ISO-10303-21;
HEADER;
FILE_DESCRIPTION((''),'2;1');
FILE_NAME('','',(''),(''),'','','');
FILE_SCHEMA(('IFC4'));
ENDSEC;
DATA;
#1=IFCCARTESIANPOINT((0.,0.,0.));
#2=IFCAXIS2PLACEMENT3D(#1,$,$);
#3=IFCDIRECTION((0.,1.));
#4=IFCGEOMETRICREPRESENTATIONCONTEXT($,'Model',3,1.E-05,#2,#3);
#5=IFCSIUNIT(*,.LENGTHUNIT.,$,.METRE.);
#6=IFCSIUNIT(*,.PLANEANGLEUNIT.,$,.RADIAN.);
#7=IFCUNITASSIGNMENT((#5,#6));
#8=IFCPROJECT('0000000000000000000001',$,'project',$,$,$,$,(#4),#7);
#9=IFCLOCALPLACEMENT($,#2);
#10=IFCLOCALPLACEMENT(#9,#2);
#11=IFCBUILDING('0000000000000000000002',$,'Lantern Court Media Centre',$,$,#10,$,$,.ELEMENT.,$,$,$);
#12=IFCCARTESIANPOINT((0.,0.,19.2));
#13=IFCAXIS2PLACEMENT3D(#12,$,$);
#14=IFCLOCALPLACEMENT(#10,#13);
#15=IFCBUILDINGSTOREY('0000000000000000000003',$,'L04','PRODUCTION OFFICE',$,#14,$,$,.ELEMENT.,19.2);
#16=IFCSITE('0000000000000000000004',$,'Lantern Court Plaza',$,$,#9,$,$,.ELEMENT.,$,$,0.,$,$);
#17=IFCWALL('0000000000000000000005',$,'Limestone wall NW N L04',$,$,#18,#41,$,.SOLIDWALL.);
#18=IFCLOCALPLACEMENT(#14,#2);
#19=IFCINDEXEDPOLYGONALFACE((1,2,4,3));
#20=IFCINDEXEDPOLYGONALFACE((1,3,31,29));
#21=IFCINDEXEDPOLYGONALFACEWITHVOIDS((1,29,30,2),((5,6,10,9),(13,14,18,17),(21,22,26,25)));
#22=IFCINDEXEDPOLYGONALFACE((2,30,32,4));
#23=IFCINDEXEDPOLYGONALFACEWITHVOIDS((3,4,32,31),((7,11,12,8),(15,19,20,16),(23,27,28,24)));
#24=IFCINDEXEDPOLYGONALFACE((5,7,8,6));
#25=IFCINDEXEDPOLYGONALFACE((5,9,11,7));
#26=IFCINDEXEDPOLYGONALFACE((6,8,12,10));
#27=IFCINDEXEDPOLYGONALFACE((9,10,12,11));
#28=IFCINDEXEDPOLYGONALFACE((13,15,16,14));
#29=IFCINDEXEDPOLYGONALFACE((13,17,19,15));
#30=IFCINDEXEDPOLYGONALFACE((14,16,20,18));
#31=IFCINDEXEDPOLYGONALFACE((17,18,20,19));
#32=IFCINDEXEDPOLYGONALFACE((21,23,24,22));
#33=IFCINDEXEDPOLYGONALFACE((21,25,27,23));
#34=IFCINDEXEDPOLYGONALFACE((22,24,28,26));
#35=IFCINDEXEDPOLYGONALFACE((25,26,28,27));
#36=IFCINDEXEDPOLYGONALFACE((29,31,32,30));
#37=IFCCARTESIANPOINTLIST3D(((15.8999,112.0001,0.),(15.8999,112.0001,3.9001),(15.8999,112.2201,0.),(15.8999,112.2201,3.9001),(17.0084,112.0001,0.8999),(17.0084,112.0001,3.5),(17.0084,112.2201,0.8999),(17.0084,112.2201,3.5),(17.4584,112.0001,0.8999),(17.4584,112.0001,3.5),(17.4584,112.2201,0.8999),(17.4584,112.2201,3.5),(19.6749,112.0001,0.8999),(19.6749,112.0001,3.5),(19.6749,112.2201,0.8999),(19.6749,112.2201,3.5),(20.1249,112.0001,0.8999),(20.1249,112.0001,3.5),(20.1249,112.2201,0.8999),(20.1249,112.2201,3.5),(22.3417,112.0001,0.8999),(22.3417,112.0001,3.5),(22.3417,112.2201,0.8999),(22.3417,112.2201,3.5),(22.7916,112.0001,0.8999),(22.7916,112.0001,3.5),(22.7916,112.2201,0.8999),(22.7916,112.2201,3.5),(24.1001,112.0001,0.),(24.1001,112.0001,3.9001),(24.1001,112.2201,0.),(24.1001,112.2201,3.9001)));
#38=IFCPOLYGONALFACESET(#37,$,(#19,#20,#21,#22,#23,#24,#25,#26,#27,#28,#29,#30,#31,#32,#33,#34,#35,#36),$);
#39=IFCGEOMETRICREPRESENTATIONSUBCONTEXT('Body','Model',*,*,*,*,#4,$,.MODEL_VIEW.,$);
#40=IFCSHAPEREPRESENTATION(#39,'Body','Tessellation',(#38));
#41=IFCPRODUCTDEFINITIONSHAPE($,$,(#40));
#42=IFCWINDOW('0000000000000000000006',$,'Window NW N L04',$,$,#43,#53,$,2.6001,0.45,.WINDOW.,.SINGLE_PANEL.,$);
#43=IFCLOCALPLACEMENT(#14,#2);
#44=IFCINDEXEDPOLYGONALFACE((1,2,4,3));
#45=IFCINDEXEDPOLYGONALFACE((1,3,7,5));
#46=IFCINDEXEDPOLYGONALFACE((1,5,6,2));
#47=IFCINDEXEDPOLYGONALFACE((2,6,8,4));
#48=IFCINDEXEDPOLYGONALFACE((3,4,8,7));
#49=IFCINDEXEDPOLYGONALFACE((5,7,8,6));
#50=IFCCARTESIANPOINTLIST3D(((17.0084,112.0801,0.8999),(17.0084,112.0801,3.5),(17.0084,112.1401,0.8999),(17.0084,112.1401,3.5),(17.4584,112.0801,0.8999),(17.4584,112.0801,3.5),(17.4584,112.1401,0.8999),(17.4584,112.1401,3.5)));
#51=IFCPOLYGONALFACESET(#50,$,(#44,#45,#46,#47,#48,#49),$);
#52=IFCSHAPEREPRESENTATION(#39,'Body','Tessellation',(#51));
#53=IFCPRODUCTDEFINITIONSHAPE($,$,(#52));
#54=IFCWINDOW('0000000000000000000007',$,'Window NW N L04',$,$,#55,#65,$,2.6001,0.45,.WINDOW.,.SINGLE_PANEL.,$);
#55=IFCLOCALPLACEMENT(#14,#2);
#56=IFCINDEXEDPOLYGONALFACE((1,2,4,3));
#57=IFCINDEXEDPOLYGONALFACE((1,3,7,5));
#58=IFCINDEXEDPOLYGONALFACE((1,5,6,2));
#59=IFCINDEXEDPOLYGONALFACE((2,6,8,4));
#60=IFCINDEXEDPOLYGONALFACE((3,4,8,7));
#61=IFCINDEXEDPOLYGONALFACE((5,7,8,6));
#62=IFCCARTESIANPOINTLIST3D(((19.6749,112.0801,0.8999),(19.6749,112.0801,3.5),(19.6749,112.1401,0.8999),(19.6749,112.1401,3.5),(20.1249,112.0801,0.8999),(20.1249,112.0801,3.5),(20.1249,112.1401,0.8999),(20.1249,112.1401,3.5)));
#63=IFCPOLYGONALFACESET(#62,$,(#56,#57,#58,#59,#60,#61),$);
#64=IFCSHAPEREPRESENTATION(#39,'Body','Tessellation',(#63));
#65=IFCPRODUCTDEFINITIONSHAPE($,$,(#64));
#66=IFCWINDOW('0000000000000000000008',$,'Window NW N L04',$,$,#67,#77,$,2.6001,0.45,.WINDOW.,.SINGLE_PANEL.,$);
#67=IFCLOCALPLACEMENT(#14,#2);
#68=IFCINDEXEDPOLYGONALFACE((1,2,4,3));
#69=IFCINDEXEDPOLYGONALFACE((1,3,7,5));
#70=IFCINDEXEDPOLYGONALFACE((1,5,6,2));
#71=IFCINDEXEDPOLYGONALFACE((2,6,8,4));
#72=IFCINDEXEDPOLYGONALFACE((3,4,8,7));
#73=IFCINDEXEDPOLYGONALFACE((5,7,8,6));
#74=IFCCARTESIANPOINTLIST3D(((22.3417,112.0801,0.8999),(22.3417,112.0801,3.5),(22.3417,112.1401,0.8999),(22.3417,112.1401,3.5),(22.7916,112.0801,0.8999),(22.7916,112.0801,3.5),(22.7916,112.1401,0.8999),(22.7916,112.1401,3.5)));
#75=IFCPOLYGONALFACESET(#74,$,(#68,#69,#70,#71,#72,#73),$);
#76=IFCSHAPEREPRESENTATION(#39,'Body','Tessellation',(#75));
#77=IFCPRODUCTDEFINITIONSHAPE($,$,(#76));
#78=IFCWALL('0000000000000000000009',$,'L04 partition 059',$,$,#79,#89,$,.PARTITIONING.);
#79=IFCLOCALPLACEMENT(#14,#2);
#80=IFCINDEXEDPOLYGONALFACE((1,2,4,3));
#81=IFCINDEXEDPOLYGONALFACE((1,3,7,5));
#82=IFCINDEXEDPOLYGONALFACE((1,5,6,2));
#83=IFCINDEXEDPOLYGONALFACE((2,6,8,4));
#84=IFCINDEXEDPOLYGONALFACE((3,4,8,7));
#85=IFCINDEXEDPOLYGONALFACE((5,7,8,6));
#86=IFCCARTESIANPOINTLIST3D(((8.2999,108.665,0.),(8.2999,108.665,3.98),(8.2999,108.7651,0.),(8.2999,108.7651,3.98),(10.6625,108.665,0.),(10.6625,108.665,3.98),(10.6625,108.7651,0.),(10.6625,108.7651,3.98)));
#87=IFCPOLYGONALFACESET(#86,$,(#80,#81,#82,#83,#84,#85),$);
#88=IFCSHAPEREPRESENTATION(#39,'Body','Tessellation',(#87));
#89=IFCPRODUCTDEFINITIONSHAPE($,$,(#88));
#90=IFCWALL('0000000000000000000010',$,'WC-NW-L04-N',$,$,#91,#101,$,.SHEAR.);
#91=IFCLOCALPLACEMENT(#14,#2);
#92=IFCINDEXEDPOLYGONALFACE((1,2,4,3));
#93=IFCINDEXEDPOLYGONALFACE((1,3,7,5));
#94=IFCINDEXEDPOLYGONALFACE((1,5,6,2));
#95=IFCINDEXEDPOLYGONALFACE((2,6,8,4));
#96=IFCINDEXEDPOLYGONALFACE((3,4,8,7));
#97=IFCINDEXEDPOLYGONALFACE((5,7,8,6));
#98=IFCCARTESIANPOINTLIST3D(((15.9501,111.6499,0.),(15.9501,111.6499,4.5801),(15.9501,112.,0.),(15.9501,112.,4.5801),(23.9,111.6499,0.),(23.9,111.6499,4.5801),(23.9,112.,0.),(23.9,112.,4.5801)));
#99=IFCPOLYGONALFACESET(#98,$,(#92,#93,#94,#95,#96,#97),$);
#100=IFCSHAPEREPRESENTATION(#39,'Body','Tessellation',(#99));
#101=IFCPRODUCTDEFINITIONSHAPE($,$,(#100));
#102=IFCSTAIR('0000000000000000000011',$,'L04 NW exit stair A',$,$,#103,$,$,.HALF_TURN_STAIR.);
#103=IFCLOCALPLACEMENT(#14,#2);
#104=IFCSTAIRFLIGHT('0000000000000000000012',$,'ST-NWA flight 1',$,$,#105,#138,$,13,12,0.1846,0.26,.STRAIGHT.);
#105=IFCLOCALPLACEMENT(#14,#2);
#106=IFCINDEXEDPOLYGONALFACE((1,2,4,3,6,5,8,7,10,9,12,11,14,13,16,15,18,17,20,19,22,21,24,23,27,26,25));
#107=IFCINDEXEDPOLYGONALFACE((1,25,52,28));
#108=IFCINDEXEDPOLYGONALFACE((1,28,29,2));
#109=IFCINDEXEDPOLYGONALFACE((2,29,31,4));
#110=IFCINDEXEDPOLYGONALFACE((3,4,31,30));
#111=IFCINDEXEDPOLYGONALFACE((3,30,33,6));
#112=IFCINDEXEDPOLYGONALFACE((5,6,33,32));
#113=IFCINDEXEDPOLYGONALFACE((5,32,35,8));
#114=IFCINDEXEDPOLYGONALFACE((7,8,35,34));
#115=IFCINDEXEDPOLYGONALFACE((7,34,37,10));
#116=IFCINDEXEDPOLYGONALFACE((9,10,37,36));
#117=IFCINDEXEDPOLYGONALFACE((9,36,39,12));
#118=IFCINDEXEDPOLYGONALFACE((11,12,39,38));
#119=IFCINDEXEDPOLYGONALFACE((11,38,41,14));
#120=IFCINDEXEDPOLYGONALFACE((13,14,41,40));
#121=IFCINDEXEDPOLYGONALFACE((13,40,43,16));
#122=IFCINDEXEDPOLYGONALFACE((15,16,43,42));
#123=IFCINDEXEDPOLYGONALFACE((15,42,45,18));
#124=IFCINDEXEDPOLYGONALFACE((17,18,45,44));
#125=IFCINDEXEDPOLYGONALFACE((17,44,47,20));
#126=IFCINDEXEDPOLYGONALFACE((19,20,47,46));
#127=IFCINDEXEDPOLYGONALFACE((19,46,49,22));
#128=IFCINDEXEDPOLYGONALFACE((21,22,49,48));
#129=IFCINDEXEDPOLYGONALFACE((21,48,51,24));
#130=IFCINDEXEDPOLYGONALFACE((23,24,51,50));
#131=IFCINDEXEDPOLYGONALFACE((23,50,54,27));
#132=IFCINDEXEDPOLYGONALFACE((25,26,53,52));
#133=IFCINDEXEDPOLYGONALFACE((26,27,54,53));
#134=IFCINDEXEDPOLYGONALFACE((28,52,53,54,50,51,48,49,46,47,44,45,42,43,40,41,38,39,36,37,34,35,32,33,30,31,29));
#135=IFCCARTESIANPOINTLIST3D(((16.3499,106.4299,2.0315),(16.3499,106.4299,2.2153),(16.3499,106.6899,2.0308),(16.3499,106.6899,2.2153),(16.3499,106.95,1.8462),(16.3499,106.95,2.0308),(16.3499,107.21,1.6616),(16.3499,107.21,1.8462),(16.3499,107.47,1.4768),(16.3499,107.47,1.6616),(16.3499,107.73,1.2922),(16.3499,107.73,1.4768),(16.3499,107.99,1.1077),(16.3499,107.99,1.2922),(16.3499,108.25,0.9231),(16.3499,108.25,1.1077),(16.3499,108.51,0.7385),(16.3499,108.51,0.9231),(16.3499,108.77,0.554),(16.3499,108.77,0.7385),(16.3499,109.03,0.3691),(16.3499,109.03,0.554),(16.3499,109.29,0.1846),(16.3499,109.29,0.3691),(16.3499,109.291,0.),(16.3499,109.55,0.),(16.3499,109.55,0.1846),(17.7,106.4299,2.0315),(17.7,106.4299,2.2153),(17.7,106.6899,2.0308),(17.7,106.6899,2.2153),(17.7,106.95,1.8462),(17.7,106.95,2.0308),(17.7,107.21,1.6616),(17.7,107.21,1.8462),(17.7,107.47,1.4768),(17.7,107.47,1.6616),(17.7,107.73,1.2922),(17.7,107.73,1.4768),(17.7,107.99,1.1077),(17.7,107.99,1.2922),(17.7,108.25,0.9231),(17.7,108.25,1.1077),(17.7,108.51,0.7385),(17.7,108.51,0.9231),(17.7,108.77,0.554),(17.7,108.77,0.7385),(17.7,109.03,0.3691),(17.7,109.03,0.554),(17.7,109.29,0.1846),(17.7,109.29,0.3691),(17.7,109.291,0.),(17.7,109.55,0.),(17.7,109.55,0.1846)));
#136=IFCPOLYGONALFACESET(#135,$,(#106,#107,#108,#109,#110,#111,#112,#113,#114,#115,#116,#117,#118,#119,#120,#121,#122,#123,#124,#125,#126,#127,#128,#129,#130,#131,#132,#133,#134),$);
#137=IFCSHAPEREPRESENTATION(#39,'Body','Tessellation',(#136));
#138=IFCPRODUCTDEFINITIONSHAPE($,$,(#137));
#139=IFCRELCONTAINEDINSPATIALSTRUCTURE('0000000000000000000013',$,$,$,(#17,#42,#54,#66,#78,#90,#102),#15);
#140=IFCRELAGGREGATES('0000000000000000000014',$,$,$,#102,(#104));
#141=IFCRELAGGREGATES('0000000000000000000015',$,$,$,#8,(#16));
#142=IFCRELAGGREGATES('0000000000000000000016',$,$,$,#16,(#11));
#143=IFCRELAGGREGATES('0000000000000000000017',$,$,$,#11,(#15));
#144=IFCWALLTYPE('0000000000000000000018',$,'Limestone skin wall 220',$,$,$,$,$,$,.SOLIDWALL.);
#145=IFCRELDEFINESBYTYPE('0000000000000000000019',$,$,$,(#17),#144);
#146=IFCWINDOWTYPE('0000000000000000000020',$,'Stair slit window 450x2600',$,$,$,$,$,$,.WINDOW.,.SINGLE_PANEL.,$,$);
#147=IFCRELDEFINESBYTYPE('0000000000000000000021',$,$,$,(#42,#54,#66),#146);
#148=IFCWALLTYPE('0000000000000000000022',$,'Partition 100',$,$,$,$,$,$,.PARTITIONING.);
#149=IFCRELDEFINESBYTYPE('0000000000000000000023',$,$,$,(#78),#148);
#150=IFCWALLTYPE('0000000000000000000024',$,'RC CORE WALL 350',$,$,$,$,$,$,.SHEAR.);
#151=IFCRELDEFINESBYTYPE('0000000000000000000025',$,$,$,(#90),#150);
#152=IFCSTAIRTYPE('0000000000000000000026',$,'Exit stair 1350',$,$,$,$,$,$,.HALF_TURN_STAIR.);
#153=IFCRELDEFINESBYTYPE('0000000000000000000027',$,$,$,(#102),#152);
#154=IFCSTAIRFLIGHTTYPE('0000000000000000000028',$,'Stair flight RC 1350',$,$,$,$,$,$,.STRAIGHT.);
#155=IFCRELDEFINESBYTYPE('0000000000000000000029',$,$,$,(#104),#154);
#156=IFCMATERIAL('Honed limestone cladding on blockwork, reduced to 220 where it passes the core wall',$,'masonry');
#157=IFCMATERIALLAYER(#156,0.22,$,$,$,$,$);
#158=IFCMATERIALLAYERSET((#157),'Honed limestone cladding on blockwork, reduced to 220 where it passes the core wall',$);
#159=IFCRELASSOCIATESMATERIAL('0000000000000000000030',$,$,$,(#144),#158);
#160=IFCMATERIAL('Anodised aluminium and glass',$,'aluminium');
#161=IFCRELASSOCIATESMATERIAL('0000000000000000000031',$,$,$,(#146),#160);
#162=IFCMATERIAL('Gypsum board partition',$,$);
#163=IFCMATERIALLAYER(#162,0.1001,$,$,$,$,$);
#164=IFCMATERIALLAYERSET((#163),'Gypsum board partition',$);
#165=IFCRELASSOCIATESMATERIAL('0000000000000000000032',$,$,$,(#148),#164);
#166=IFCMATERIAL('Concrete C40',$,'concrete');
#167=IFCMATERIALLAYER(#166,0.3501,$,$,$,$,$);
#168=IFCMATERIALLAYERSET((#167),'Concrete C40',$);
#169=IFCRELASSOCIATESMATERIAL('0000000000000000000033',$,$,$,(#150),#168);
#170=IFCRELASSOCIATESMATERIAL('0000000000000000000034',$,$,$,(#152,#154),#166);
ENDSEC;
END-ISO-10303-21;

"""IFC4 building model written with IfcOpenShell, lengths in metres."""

from ifc_helpers import new_model, si_unit, direction, frame, frame_2d, origin, place, context, subcontext, project, spatial, polyline, rectangle, outline, extrude, material, layer, layer_set, type_object, element, fill, aggregate, save


model = new_model("IFC4")

# Units and contexts
model_context = context("Model", 3, precision=1e-05, world=origin(), true_north=direction((0.0, 1.0)))
body_context = subcontext(model_context, "Body", "Model", "MODEL_VIEW")
ifc_project = project(units=[si_unit("LENGTHUNIT", "METRE"), si_unit("PLANEANGLEUNIT", "RADIAN")], contexts=[model_context])

# Site, building, storey
site_placement = place(None, origin())
site = spatial("IfcSite", under=ifc_project, at=site_placement, Name="Lantern Court Plaza", CompositionType="ELEMENT", RefElevation=0.0)
building_placement = place(site_placement, origin())
building = spatial("IfcBuilding", under=site, at=building_placement, Name="Lantern Court Media Centre", CompositionType="ELEMENT")
storey_placement = place(building_placement, frame((0.0, 0.0, 19.2)))
storey = spatial("IfcBuildingStorey", under=building, at=storey_placement, Name="L04", Description="PRODUCTION OFFICE", CompositionType="ELEMENT", Elevation=19.2)

# Wall, openings, windows
ifc_material_1 = material(Name="Anodised aluminium and glass", Category="aluminium")
ifc_material_2 = material(Name="Honed limestone cladding on blockwork, reduced to 220 where it passes the core wall", Category="masonry")
ifc_layer_1 = layer(ifc_material_2, 0.22)
ifc_layer_set_1 = layer_set([ifc_layer_1], Name="Honed limestone cladding on blockwork, reduced to 220 where it passes the core wall")
wall_type_1 = type_object("IfcWallType", Name="Limestone skin wall 220", PredefinedType="SOLIDWALL", material=ifc_layer_set_1)
wall_1_placement = place(storey_placement, frame((15.8999, 112.1101, 0.0), z_axis=(0.0, 0.0, 1.0), x_axis=(1.0, 0.0, 0.0)))
wall_1 = element("IfcWall", 1, at=wall_1_placement, inside=storey, type_object=wall_type_1, Name="Limestone wall NW N L04", PredefinedType="SOLIDWALL", context=body_context, shape_type="SweptSolid", body=[
    extrude(rectangle(XDim=8.2002, YDim=0.22, at=frame_2d((4.1001, 0.0))), origin(), (0.0, 0.0, 1.0), 3.9001),
])
opening_1_placement = place(wall_1_placement, frame((1.1084, 0.0, 0.8999)))
opening_1 = element("IfcOpeningElement", 2, at=opening_1_placement, cuts=wall_1, PredefinedType="OPENING", context=body_context, shape_type="SweptSolid", body=[
    extrude(rectangle(XDim=0.45, YDim=2.6001, at=frame_2d((0.2251, 1.3))), frame((0.0, 0.1199, 0.0), z_axis=(0.0, -1.0, 0.0), x_axis=(1.0, 0.0, 0.0)), (0.0, 0.0, 1.0), 0.24),
])
opening_2_placement = place(wall_1_placement, frame((3.7749, 0.0, 0.8999)))
opening_2 = element("IfcOpeningElement", 3, at=opening_2_placement, cuts=wall_1, PredefinedType="OPENING", context=body_context, shape_type="SweptSolid", body=[
    extrude(rectangle(XDim=0.45, YDim=2.6001, at=frame_2d((0.2251, 1.3))), frame((0.0, 0.1199, 0.0), z_axis=(0.0, -1.0, 0.0), x_axis=(1.0, 0.0, 0.0)), (0.0, 0.0, 1.0), 0.24),
])
opening_3_placement = place(wall_1_placement, frame((6.4417, 0.0, 0.8999)))
opening_3 = element("IfcOpeningElement", 4, at=opening_3_placement, cuts=wall_1, PredefinedType="OPENING", context=body_context, shape_type="SweptSolid", body=[
    extrude(rectangle(XDim=0.45, YDim=2.6001, at=frame_2d((0.2251, 1.3))), frame((0.0, 0.1199, 0.0), z_axis=(0.0, -1.0, 0.0), x_axis=(1.0, 0.0, 0.0)), (0.0, 0.0, 1.0), 0.24),
])
window_type_1 = type_object("IfcWindowType", Name="Stair slit window 450x2600", PartitioningType="SINGLE_PANEL", PredefinedType="WINDOW", material=ifc_material_1)
window_1_placement = place(opening_1_placement, origin())
window_1 = element("IfcWindow", 5, at=window_1_placement, inside=storey, type_object=window_type_1, Name="Window NW N L04", OverallHeight=2.6001, OverallWidth=0.45, PartitioningType="SINGLE_PANEL", PredefinedType="WINDOW", context=body_context, shape_type="SweptSolid", body=[
    extrude(rectangle(XDim=0.45, YDim=2.6001, at=frame_2d((0.2251, 1.3))), frame((0.0, 0.03, 0.0), z_axis=(0.0, -1.0, 0.0), x_axis=(1.0, 0.0, 0.0)), (0.0, 0.0, 1.0), 0.0601),
])
fill(opening_1, window_1)
window_2_placement = place(opening_2_placement, origin())
window_2 = element("IfcWindow", 6, at=window_2_placement, inside=storey, type_object=window_type_1, Name="Window NW N L04", OverallHeight=2.6001, OverallWidth=0.45, PartitioningType="SINGLE_PANEL", PredefinedType="WINDOW", context=body_context, shape_type="SweptSolid", body=[
    extrude(rectangle(XDim=0.45, YDim=2.6001, at=frame_2d((0.2251, 1.3))), frame((0.0, 0.03, 0.0), z_axis=(0.0, -1.0, 0.0), x_axis=(1.0, 0.0, 0.0)), (0.0, 0.0, 1.0), 0.0601),
])
fill(opening_2, window_2)
window_3_placement = place(opening_3_placement, origin())
window_3 = element("IfcWindow", 7, at=window_3_placement, inside=storey, type_object=window_type_1, Name="Window NW N L04", OverallHeight=2.6001, OverallWidth=0.45, PartitioningType="SINGLE_PANEL", PredefinedType="WINDOW", context=body_context, shape_type="SweptSolid", body=[
    extrude(rectangle(XDim=0.45, YDim=2.6001, at=frame_2d((0.2251, 1.3))), frame((0.0, 0.03, 0.0), z_axis=(0.0, -1.0, 0.0), x_axis=(1.0, 0.0, 0.0)), (0.0, 0.0, 1.0), 0.0601),
])
fill(opening_3, window_3)

# Walls
ifc_material_3 = material(Name="Gypsum board partition")
ifc_layer_2 = layer(ifc_material_3, 0.1001)
ifc_layer_set_2 = layer_set([ifc_layer_2], Name="Gypsum board partition")
wall_type_2 = type_object("IfcWallType", Name="Partition 100", PredefinedType="PARTITIONING", material=ifc_layer_set_2)
wall_2_placement = place(storey_placement, frame((8.3, 108.7151, 0.0), z_axis=(0.0, 0.0, 1.0), x_axis=(1.0, 0.0, 0.0)))
element("IfcWall", 8, at=wall_2_placement, inside=storey, type_object=wall_type_2, Name="L04 partition 059", PredefinedType="PARTITIONING", context=body_context, shape_type="SweptSolid", body=[
    extrude(rectangle(XDim=2.3625, YDim=0.1001, at=frame_2d((1.1812, 0.0))), origin(), (0.0, 0.0, 1.0), 3.98),
])
ifc_material_4 = material(Name="Concrete C40", Category="concrete")
ifc_layer_3 = layer(ifc_material_4, 0.3501)
ifc_layer_set_3 = layer_set([ifc_layer_3], Name="Concrete C40")
wall_type_3 = type_object("IfcWallType", Name="RC CORE WALL 350", PredefinedType="SHEAR", material=ifc_layer_set_3)
wall_3_placement = place(storey_placement, frame((15.95, 111.825, 0.0), z_axis=(0.0, 0.0, 1.0), x_axis=(1.0, 0.0, 0.0)))
element("IfcWall", 9, at=wall_3_placement, inside=storey, type_object=wall_type_3, Name="WC-NW-L04-N", PredefinedType="SHEAR", context=body_context, shape_type="SweptSolid", body=[
    extrude(rectangle(XDim=7.95, YDim=0.3501, at=frame_2d((3.9751, 0.0))), origin(), (0.0, 0.0, 1.0), 4.5801),
])

# Stair, stair flight
stair_type = type_object("IfcStairType", Name="Exit stair 1350", PredefinedType="HALF_TURN_STAIR", material=ifc_material_4)
stair_placement = place(storey_placement, origin())
stair = element("IfcStair", 10, at=stair_placement, inside=storey, type_object=stair_type, Name="L04 NW exit stair A", PredefinedType="HALF_TURN_STAIR")
stair_flight_type = type_object("IfcStairFlightType", Name="Stair flight RC 1350", PredefinedType="STRAIGHT", material=ifc_material_4)
stair_flight_placement = place(storey_placement, frame((17.0249, 109.55, 0.0), z_axis=(0.0, 0.0, 1.0), x_axis=(0.0, -1.0, 0.0)))
stair_flight = element("IfcStairFlight", 11, at=stair_flight_placement, type_object=stair_flight_type, Name="ST-NWA flight 1", NumberOfRisers=13, NumberOfTreads=12, PredefinedType="STRAIGHT", RiserHeight=0.1846, TreadLength=0.26, context=body_context, shape_type="SweptSolid", body=[
    extrude(outline(polyline([(0.0, 0.0), (0.0, 0.1846), (0.26, 0.1846), (0.26, 0.3691), (0.52, 0.3691), (0.52, 0.554), (0.78, 0.554), (0.78, 0.7385), (1.04, 0.7385), (1.04, 0.9231), (1.3, 0.9231), (1.3, 1.1077), (1.5601, 1.1077), (1.5601, 1.2922), (1.8201, 1.2922), (1.8201, 1.4768), (2.0801, 1.4768), (2.0801, 1.6616), (2.3401, 1.6616), (2.3401, 1.8462), (2.6001, 1.8462), (2.6001, 2.0308), (2.8601, 2.0308), (2.8601, 2.2153), (3.1201, 2.2153), (3.1201, 2.3999), (3.1201, 2.0315), (0.259, 0.0), (0.0, 0.0)])), frame((0.0, 0.675, 0.0), z_axis=(0.0, -1.0, 0.0), x_axis=(1.0, 0.0, 0.0)), (0.0, 0.0, 1.0), 1.3501),
])
aggregate(stair, [stair_flight])

save(model, "model.ifc")
